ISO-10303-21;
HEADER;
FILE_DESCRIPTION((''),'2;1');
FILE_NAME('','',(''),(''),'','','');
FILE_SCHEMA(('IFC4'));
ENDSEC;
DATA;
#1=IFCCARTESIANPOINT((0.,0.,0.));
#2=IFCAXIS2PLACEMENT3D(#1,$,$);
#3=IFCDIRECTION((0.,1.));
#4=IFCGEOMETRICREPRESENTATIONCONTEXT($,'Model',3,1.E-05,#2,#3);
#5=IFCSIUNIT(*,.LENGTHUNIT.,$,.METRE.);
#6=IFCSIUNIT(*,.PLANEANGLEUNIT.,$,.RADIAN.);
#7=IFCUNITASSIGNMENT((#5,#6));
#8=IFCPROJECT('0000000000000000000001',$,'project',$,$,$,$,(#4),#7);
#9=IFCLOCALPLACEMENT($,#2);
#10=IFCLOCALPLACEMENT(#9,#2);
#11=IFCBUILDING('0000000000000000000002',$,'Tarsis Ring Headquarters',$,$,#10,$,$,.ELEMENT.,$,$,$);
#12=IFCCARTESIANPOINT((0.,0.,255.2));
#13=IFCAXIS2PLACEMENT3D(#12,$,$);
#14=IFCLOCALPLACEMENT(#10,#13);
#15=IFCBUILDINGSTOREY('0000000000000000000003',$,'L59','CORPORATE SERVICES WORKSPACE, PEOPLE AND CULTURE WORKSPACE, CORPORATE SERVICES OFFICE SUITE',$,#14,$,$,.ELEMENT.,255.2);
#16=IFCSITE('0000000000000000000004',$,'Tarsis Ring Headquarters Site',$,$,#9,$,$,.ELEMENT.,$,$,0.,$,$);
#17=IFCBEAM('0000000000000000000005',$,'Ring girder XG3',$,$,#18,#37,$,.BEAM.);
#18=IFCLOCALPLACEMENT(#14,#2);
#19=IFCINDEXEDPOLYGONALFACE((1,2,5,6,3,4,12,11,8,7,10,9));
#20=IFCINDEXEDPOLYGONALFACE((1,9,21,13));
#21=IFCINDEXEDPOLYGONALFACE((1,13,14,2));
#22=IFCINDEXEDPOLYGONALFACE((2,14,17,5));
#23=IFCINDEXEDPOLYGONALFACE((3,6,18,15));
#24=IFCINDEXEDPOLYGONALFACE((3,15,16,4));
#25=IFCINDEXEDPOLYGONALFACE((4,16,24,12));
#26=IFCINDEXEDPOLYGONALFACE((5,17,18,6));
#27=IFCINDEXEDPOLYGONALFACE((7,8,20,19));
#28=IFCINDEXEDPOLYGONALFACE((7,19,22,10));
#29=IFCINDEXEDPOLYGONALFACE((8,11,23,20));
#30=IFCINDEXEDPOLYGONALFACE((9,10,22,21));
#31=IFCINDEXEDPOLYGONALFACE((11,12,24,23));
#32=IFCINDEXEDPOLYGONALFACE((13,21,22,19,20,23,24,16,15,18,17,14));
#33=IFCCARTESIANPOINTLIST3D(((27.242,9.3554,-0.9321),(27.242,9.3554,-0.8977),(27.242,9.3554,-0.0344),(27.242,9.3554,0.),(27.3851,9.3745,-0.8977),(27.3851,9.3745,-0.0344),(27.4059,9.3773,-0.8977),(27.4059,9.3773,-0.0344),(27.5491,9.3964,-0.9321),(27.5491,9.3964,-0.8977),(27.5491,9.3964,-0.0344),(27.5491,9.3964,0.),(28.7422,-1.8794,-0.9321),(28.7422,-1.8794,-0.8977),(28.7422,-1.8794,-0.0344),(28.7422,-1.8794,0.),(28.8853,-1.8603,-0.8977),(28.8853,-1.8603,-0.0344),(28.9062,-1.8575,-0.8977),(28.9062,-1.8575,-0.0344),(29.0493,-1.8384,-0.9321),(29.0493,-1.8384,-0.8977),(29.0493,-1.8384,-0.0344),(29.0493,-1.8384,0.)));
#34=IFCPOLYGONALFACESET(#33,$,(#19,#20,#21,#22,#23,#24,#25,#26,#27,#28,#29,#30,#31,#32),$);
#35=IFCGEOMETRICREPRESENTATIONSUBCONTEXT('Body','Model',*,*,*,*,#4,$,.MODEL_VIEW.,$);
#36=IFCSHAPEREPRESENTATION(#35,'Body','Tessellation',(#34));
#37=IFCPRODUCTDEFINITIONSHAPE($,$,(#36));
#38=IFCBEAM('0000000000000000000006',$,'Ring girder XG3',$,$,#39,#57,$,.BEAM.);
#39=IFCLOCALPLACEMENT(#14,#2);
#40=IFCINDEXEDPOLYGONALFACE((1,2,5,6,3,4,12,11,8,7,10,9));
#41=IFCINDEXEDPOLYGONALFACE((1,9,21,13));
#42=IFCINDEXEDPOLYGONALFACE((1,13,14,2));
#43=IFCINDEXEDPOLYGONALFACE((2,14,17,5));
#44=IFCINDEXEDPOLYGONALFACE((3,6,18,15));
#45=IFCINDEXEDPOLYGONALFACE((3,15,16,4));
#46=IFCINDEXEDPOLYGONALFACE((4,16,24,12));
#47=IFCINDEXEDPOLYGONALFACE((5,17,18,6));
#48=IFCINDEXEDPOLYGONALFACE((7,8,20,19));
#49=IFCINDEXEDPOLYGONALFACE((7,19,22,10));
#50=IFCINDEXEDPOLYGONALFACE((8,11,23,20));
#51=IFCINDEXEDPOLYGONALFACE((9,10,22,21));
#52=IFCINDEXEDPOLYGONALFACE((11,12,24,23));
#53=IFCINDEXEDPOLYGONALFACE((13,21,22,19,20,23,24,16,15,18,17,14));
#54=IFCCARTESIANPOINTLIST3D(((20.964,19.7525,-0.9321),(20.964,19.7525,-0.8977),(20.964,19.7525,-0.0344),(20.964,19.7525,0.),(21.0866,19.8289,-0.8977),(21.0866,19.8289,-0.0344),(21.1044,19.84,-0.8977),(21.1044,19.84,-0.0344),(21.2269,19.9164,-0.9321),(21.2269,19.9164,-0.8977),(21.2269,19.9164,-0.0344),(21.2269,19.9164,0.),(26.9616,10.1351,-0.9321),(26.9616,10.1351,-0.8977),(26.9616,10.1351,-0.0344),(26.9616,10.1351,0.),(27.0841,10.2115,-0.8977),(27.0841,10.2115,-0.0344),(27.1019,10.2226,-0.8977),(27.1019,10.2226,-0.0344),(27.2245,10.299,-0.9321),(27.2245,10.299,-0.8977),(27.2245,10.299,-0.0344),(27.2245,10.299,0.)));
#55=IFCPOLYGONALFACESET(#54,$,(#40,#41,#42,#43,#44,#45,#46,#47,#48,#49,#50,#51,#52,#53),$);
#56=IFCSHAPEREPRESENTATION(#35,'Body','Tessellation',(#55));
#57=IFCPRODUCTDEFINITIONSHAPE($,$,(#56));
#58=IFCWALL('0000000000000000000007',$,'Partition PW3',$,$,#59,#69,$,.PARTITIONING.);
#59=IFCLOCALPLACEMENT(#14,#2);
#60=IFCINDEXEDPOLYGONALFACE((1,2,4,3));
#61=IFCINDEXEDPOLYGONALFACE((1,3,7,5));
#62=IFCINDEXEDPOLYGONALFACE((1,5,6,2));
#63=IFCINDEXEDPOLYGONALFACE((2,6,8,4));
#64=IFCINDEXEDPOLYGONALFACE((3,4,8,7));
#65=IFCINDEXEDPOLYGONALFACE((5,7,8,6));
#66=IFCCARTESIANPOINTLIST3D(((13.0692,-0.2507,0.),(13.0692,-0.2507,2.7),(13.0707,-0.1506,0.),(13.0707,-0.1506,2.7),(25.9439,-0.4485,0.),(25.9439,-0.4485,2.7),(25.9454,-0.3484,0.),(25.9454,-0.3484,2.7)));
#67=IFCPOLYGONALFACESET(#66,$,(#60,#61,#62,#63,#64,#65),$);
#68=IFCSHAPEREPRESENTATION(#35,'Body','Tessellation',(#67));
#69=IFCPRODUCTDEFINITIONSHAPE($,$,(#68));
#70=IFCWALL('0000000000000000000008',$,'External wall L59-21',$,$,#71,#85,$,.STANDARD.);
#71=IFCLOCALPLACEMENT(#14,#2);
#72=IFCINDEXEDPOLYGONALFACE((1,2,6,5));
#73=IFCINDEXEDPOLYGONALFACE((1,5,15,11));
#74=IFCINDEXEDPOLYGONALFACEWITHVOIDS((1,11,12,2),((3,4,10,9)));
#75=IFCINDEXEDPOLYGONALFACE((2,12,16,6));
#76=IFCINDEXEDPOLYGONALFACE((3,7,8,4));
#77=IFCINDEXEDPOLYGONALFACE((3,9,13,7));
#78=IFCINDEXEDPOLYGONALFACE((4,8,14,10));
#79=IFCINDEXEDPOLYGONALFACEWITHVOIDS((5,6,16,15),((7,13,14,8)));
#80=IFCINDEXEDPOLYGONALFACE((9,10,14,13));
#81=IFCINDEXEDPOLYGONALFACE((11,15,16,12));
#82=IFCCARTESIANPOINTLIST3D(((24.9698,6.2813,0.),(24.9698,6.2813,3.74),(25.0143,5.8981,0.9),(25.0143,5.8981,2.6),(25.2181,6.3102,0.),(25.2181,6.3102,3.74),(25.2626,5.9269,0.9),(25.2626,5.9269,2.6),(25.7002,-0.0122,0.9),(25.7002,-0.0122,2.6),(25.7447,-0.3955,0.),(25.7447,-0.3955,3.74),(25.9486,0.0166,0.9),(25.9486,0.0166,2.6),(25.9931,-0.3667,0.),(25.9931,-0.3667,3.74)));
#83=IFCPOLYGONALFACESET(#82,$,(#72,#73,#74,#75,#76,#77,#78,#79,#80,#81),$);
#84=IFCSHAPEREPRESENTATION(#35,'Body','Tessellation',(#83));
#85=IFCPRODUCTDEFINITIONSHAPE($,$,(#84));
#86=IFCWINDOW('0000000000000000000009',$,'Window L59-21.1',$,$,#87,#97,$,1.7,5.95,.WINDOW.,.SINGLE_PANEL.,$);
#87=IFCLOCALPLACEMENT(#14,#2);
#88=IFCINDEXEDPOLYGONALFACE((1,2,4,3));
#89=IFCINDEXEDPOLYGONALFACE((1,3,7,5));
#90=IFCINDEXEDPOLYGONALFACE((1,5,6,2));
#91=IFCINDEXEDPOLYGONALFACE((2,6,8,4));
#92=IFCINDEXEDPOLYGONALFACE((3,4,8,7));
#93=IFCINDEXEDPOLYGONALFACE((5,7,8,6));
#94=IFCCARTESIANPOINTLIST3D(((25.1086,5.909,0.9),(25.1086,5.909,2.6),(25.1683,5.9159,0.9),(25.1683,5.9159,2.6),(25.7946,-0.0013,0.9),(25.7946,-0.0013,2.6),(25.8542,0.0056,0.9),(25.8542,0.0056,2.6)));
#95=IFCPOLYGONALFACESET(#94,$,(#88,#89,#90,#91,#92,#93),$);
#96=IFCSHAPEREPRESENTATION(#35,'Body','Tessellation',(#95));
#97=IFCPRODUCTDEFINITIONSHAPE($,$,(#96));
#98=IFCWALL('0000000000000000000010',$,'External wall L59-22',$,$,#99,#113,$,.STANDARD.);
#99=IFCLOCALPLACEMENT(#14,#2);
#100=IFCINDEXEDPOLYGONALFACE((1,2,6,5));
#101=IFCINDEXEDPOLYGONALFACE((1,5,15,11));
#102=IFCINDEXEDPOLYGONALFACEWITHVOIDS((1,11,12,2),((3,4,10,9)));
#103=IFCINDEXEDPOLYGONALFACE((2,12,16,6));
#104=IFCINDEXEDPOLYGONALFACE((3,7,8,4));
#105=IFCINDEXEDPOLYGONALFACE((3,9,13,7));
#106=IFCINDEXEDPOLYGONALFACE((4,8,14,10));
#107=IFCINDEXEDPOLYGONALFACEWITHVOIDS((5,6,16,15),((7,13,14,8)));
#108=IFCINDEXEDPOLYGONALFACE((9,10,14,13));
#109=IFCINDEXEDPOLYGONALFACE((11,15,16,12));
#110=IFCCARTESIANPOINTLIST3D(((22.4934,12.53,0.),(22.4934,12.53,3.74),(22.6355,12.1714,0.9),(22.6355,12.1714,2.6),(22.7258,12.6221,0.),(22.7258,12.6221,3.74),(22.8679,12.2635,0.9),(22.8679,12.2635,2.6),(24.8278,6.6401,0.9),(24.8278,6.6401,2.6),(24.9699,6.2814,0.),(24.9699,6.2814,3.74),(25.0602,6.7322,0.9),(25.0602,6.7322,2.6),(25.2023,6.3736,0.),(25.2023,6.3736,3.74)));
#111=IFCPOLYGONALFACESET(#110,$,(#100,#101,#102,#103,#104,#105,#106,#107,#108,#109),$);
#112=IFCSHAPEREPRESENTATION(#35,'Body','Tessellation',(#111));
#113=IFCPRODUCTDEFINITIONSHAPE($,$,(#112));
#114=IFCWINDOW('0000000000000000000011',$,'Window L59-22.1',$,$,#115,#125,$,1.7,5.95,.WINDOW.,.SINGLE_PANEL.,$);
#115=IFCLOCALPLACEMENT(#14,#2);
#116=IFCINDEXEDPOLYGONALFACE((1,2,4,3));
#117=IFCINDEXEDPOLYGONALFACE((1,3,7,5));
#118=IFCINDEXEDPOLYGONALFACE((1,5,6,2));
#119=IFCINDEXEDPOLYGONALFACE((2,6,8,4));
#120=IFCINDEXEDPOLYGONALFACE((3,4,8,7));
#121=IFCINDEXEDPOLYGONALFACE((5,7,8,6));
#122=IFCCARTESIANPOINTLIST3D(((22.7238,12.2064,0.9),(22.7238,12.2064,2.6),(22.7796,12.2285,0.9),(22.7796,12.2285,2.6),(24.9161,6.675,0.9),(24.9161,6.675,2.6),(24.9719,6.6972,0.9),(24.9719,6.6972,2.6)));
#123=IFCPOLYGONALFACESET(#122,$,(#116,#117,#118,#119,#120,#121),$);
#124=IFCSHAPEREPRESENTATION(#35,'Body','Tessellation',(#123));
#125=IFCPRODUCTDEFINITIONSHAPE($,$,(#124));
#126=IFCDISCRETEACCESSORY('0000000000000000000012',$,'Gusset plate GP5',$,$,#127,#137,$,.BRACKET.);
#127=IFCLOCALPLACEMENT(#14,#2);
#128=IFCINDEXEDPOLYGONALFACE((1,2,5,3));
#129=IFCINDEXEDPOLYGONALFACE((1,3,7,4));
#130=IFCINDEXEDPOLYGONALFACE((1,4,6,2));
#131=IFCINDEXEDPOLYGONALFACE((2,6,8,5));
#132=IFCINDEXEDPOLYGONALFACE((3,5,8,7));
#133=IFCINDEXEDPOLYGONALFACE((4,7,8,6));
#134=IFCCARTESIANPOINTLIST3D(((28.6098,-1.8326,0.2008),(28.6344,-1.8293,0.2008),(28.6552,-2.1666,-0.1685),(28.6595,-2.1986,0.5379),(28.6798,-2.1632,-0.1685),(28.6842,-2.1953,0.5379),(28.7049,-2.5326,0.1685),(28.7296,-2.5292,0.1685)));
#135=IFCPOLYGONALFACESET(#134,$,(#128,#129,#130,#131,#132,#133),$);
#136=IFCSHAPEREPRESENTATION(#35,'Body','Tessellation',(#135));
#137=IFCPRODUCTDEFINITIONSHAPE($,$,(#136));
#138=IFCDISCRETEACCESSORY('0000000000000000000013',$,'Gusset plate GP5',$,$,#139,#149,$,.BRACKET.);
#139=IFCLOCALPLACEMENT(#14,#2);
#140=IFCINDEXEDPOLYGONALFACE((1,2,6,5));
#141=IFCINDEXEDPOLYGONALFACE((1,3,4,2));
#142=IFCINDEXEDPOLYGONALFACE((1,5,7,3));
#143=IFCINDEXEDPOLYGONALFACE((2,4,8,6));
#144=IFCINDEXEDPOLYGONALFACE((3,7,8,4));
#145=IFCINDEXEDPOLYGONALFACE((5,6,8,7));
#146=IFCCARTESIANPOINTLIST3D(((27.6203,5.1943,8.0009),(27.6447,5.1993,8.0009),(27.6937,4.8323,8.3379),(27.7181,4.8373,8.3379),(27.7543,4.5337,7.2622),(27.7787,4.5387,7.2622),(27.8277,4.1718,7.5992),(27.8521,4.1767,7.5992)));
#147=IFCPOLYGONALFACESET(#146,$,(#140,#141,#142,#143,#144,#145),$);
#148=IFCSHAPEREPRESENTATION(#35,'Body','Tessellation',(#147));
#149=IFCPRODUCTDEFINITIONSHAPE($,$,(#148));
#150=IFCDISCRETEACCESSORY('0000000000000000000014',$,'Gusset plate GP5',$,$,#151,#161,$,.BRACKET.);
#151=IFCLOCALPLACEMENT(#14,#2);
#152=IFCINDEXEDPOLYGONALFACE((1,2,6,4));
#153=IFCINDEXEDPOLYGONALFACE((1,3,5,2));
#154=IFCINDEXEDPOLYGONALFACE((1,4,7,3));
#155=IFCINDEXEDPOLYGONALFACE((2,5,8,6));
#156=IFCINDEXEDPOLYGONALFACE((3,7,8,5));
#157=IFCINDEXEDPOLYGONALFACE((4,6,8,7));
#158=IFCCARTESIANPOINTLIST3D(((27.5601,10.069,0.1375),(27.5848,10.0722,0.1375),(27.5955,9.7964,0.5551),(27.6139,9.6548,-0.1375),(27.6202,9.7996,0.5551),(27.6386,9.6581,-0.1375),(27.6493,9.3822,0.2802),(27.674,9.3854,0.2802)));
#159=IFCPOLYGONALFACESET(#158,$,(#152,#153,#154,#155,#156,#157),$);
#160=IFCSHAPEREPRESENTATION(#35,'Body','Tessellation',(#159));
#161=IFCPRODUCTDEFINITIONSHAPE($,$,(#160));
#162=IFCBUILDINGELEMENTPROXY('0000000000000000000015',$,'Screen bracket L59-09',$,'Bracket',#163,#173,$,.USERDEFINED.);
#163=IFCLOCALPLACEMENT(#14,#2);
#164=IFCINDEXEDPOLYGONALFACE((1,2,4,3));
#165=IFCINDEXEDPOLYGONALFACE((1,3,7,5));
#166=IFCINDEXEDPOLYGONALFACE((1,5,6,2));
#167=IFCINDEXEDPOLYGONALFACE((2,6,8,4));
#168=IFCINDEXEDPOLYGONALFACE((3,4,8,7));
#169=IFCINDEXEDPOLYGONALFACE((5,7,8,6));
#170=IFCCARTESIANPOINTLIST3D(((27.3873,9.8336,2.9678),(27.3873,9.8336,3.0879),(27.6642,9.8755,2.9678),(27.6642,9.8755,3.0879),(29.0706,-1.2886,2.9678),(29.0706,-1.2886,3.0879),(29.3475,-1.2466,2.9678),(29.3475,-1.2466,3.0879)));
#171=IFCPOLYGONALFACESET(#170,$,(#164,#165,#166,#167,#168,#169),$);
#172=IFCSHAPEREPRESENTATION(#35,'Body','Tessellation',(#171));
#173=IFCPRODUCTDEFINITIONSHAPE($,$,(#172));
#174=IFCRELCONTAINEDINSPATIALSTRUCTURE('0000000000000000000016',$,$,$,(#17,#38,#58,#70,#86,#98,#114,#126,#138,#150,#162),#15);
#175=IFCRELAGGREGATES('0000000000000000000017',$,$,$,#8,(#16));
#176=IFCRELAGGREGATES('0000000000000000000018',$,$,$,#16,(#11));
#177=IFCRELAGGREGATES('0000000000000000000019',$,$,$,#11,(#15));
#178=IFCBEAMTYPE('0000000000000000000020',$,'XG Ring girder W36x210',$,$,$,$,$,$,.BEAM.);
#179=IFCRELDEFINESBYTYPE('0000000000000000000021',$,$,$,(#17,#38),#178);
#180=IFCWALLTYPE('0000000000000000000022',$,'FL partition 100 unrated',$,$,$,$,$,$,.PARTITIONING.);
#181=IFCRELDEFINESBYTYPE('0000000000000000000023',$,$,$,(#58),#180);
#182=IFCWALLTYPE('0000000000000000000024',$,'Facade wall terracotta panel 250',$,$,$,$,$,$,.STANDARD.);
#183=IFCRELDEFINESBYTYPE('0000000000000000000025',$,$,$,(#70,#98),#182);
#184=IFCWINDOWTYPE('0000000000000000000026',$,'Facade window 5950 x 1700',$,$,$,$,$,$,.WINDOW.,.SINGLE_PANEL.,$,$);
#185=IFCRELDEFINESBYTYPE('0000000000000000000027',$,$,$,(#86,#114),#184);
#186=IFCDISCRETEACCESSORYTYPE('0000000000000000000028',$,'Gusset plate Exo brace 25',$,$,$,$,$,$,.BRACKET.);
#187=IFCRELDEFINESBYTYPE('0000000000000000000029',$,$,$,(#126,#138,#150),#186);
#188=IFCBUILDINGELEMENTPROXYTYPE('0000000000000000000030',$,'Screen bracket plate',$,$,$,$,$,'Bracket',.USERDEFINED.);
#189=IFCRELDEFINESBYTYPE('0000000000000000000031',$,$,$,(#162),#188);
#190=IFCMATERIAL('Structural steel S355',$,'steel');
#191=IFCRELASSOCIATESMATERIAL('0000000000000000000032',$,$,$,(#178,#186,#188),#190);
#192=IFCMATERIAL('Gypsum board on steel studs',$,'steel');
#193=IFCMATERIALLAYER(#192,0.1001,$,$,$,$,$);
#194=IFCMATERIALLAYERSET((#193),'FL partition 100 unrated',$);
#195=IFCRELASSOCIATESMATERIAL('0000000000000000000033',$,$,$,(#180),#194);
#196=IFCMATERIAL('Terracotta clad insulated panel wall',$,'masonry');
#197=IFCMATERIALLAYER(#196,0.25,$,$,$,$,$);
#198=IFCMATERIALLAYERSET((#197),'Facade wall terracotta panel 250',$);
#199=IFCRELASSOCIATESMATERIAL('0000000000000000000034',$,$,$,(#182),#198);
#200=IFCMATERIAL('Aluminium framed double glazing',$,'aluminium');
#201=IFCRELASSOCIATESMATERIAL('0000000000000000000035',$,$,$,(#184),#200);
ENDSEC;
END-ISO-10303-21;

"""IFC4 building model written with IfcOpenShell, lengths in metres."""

from ifc_helpers import new_model, si_unit, direction, frame, frame_2d, origin, origin_2d, place, context, subcontext, project, spatial, rectangle, i_section, extrude, material, layer, layer_set, material_profile, profile_set, type_object, element, fill, save


model = new_model("IFC4")

# Units and contexts
model_context = context("Model", 3, precision=1e-05, world=origin(), true_north=direction((0.0, 1.0)))
body_context = subcontext(model_context, "Body", "Model", "MODEL_VIEW")
ifc_project = project(units=[si_unit("LENGTHUNIT", "METRE"), si_unit("PLANEANGLEUNIT", "RADIAN")], contexts=[model_context])

# Site, building, storey
site_placement = place(None, origin())
site = spatial("IfcSite", under=ifc_project, at=site_placement, Name="Tarsis Ring Headquarters Site", CompositionType="ELEMENT", RefElevation=0.0)
building_placement = place(site_placement, origin())
building = spatial("IfcBuilding", under=site, at=building_placement, Name="Tarsis Ring Headquarters", CompositionType="ELEMENT")
storey_placement = place(building_placement, frame((0.0, 0.0, 255.2)))
storey = spatial("IfcBuildingStorey", under=building, at=storey_placement, Name="L59", Description="CORPORATE SERVICES WORKSPACE, PEOPLE AND CULTURE WORKSPACE, CORPORATE SERVICES OFFICE SUITE", CompositionType="ELEMENT", Elevation=255.2)

# Shared definitions
ifc_material_1 = material(Name="Structural steel S355", Category="steel")

# Beams
ifc_material_profile_1 = material_profile(ifc_material_1, i_section(OverallWidth=0.3098, OverallDepth=0.9321, WebThickness=0.021, FlangeThickness=0.0344, at=origin_2d()), Name="W36x210")
ifc_profile_set_1 = profile_set([ifc_material_profile_1], Name="Structural steel S355")
beam_type_1 = type_object("IfcBeamType", Name="XG Ring girder W36x210", PredefinedType="BEAM", material=ifc_profile_set_1)
beam_1_placement = place(storey_placement, frame((28.8958, -1.8589, -0.4661), z_axis=(-0.13236, 0.991202, 0.0), x_axis=(-0.991202, -0.13236, 0.0)))
element("IfcBeam", 1, at=beam_1_placement, inside=storey, type_object=beam_type_1, Name="Ring girder XG3", PredefinedType="BEAM", context=body_context, shape_type="SweptSolid", body=[
    extrude(i_section(OverallWidth=0.3098, OverallDepth=0.9321, WebThickness=0.021, FlangeThickness=0.0344, at=origin_2d()), origin(), (0.0, 0.0, 1.0), 11.3345),
])
beam_2_placement = place(storey_placement, frame((27.093, 10.217, -0.4661), z_axis=(-0.529153, 0.848527, 0.0), x_axis=(-0.848527, -0.529153, 0.0)))
element("IfcBeam", 2, at=beam_2_placement, inside=storey, type_object=beam_type_1, Name="Ring girder XG3", PredefinedType="BEAM", context=body_context, shape_type="SweptSolid", body=[
    extrude(i_section(OverallWidth=0.3098, OverallDepth=0.9321, WebThickness=0.021, FlangeThickness=0.0344, at=origin_2d()), origin(), (0.0, 0.0, 1.0), 11.3342),
])

# Wall
ifc_material_2 = material(Name="Gypsum board on steel studs", Category="steel")
ifc_layer_1 = layer(ifc_material_2, 0.1001)
ifc_layer_set_1 = layer_set([ifc_layer_1], Name="FL partition 100 unrated")
wall_type_1 = type_object("IfcWallType", Name="FL partition 100 unrated", PredefinedType="PARTITIONING", material=ifc_layer_set_1)
wall_1_placement = place(storey_placement, frame((13.0701, -0.2007, 0.0), z_axis=(0.0, 0.0, 1.0), x_axis=(0.999882, -0.015358, 0.0)))
element("IfcWall", 3, at=wall_1_placement, inside=storey, type_object=wall_type_1, Name="Partition PW3", PredefinedType="PARTITIONING", context=body_context, shape_type="SweptSolid", body=[
    extrude(rectangle(XDim=12.8762, YDim=0.1001, at=frame_2d((6.438, 0.0))), origin(), (0.0, 0.0, 1.0), 2.7),
])

# Walls, openings, windows
ifc_material_3 = material(Name="Terracotta clad insulated panel wall", Category="masonry")
ifc_layer_2 = layer(ifc_material_3, 0.25)
ifc_layer_set_2 = layer_set([ifc_layer_2], Name="Facade wall terracotta panel 250")
wall_type_2 = type_object("IfcWallType", Name="Facade wall terracotta panel 250", PredefinedType="STANDARD", material=ifc_layer_set_2)
wall_2_placement = place(storey_placement, frame((25.8689, -0.3811, 0.0), z_axis=(0.0, 0.0, 1.0), x_axis=(-0.115286, 0.993332, 0.0)))
wall_2 = element("IfcWall", 4, at=wall_2_placement, inside=storey, type_object=wall_type_2, Name="External wall L59-21", PredefinedType="STANDARD", context=body_context, shape_type="SweptSolid", body=[
    extrude(rectangle(XDim=6.7217, YDim=0.25, at=frame_2d((3.3608, 0.0))), origin(), (0.0, 0.0, 1.0), 3.74),
])
opening_1_placement = place(wall_2_placement, frame((0.3857, 0.0, 0.8999)))
opening_1 = element("IfcOpeningElement", 5, at=opening_1_placement, cuts=wall_2, PredefinedType="OPENING", context=body_context, shape_type="SweptSolid", body=[
    extrude(rectangle(XDim=5.95, YDim=1.7, at=frame_2d((2.9751, 0.8501))), frame((0.0, 0.135, 0.0), z_axis=(0.0, -1.0, 0.0), x_axis=(1.0, 0.0, 0.0)), (0.0, 0.0, 1.0), 0.27),
])
ifc_material_4 = material(Name="Aluminium framed double glazing", Category="aluminium")
window_type = type_object("IfcWindowType", Name="Facade window 5950 x 1700", PartitioningType="SINGLE_PANEL", PredefinedType="WINDOW", material=ifc_material_4)
window_1_placement = place(opening_1_placement, origin())
window_1 = element("IfcWindow", 6, at=window_1_placement, inside=storey, type_object=window_type, Name="Window L59-21.1", OverallHeight=1.7, OverallWidth=5.95, PartitioningType="SINGLE_PANEL", PredefinedType="WINDOW", context=body_context, shape_type="SweptSolid", body=[
    extrude(rectangle(XDim=5.95, YDim=1.7, at=frame_2d((2.9751, 0.8501))), frame((0.0, 0.03, 0.0), z_axis=(0.0, -1.0, 0.0), x_axis=(1.0, 0.0, 0.0)), (0.0, 0.0, 1.0), 0.0601),
])
fill(opening_1, window_1)
wall_3_placement = place(storey_placement, frame((25.0862, 6.3274, 0.0), z_axis=(0.0, 0.0, 1.0), x_axis=(-0.368458, 0.929644, 0.0)))
wall_3 = element("IfcWall", 7, at=wall_3_placement, inside=storey, type_object=wall_type_2, Name="External wall L59-22", PredefinedType="STANDARD", context=body_context, shape_type="SweptSolid", body=[
    extrude(rectangle(XDim=6.7214, YDim=0.25, at=frame_2d((3.3608, 0.0))), origin(), (0.0, 0.0, 1.0), 3.74),
])
opening_2_placement = place(wall_3_placement, frame((0.3857, 0.0, 0.8999)))
opening_2 = element("IfcOpeningElement", 8, at=opening_2_placement, cuts=wall_3, PredefinedType="OPENING", context=body_context, shape_type="SweptSolid", body=[
    extrude(rectangle(XDim=5.95, YDim=1.7, at=frame_2d((2.9751, 0.8501))), frame((0.0, 0.135, 0.0), z_axis=(0.0, -1.0, 0.0), x_axis=(1.0, 0.0, 0.0)), (0.0, 0.0, 1.0), 0.27),
])
window_2_placement = place(opening_2_placement, origin())
window_2 = element("IfcWindow", 9, at=window_2_placement, inside=storey, type_object=window_type, Name="Window L59-22.1", OverallHeight=1.7, OverallWidth=5.95, PartitioningType="SINGLE_PANEL", PredefinedType="WINDOW", context=body_context, shape_type="SweptSolid", body=[
    extrude(rectangle(XDim=5.95, YDim=1.7, at=frame_2d((2.9751, 0.8501))), frame((0.0, 0.03, 0.0), z_axis=(0.0, -1.0, 0.0), x_axis=(1.0, 0.0, 0.0)), (0.0, 0.0, 1.0), 0.0601),
])
fill(opening_2, window_2)

# Discrete accessories
ifc_material_profile_2 = material_profile(ifc_material_1, rectangle(XDim=0.0249, YDim=0.5, at=origin_2d()), Name="PL 25x500")
ifc_profile_set_2 = profile_set([ifc_material_profile_2], Name="Structural steel S355")
discrete_accessory_type = type_object("IfcDiscreteAccessoryType", Name="Gusset plate Exo brace 25", PredefinedType="BRACKET", material=ifc_profile_set_2)
discrete_accessory_1_placement = place(storey_placement, frame((28.6924, -2.3479, 0.0), z_axis=(-0.090811, 0.667898, 0.738692), x_axis=(-0.990883, -0.134725, 0.0)))
element("IfcDiscreteAccessory", 10, at=discrete_accessory_1_placement, inside=storey, type_object=discrete_accessory_type, Name="Gusset plate GP5", PredefinedType="BRACKET", context=body_context, shape_type="SweptSolid", body=[
    extrude(rectangle(XDim=0.0249, YDim=0.5, at=origin_2d()), origin(), (0.0, 0.0, 1.0), 0.5),
])
discrete_accessory_2_placement = place(storey_placement, frame((27.8032, 4.3552, 7.4307), z_axis=(-0.13402, 0.66058, 0.738697), x_axis=(-0.980034, -0.198832, 0.0)))
element("IfcDiscreteAccessory", 11, at=discrete_accessory_2_placement, inside=storey, type_object=discrete_accessory_type, Name="Gusset plate GP5", PredefinedType="BRACKET", context=body_context, shape_type="SweptSolid", body=[
    extrude(rectangle(XDim=0.0249, YDim=0.5, at=origin_2d()), origin(), (0.0, 0.0, 1.0), 1.0),
])
discrete_accessory_3_placement = place(storey_placement, frame((27.5994, 9.8635, 0.0), z_axis=(0.070784, -0.545285, 0.835257), x_axis=(0.991679, 0.128732, 0.0)))
element("IfcDiscreteAccessory", 12, at=discrete_accessory_3_placement, inside=storey, type_object=discrete_accessory_type, Name="Gusset plate GP5", PredefinedType="BRACKET", context=body_context, shape_type="SweptSolid", body=[
    extrude(rectangle(XDim=0.0249, YDim=0.5, at=origin_2d()), origin(), (0.0, 0.0, 1.0), 0.5),
])

# Building element proxy
building_element_proxy_type = type_object("IfcBuildingElementProxyType", Name="Screen bracket plate", ElementType="Bracket", PredefinedType="USERDEFINED", material=ifc_material_1)
proxy_placement = place(storey_placement, frame((28.3674, 4.2935, 2.9678), z_axis=(0.0, 0.0, 1.0), x_axis=(-0.149643, 0.98874, 0.0)))
element("IfcBuildingElementProxy", 13, at=proxy_placement, inside=storey, type_object=building_element_proxy_type, Name="Screen bracket L59-09", ObjectType="Bracket", PredefinedType="USERDEFINED", context=body_context, shape_type="SweptSolid", body=[
    extrude(rectangle(XDim=11.2488, YDim=0.28, at=origin_2d()), origin(), (0.0, 0.0, 1.0), 0.1201),
])

save(model, "model.ifc")
